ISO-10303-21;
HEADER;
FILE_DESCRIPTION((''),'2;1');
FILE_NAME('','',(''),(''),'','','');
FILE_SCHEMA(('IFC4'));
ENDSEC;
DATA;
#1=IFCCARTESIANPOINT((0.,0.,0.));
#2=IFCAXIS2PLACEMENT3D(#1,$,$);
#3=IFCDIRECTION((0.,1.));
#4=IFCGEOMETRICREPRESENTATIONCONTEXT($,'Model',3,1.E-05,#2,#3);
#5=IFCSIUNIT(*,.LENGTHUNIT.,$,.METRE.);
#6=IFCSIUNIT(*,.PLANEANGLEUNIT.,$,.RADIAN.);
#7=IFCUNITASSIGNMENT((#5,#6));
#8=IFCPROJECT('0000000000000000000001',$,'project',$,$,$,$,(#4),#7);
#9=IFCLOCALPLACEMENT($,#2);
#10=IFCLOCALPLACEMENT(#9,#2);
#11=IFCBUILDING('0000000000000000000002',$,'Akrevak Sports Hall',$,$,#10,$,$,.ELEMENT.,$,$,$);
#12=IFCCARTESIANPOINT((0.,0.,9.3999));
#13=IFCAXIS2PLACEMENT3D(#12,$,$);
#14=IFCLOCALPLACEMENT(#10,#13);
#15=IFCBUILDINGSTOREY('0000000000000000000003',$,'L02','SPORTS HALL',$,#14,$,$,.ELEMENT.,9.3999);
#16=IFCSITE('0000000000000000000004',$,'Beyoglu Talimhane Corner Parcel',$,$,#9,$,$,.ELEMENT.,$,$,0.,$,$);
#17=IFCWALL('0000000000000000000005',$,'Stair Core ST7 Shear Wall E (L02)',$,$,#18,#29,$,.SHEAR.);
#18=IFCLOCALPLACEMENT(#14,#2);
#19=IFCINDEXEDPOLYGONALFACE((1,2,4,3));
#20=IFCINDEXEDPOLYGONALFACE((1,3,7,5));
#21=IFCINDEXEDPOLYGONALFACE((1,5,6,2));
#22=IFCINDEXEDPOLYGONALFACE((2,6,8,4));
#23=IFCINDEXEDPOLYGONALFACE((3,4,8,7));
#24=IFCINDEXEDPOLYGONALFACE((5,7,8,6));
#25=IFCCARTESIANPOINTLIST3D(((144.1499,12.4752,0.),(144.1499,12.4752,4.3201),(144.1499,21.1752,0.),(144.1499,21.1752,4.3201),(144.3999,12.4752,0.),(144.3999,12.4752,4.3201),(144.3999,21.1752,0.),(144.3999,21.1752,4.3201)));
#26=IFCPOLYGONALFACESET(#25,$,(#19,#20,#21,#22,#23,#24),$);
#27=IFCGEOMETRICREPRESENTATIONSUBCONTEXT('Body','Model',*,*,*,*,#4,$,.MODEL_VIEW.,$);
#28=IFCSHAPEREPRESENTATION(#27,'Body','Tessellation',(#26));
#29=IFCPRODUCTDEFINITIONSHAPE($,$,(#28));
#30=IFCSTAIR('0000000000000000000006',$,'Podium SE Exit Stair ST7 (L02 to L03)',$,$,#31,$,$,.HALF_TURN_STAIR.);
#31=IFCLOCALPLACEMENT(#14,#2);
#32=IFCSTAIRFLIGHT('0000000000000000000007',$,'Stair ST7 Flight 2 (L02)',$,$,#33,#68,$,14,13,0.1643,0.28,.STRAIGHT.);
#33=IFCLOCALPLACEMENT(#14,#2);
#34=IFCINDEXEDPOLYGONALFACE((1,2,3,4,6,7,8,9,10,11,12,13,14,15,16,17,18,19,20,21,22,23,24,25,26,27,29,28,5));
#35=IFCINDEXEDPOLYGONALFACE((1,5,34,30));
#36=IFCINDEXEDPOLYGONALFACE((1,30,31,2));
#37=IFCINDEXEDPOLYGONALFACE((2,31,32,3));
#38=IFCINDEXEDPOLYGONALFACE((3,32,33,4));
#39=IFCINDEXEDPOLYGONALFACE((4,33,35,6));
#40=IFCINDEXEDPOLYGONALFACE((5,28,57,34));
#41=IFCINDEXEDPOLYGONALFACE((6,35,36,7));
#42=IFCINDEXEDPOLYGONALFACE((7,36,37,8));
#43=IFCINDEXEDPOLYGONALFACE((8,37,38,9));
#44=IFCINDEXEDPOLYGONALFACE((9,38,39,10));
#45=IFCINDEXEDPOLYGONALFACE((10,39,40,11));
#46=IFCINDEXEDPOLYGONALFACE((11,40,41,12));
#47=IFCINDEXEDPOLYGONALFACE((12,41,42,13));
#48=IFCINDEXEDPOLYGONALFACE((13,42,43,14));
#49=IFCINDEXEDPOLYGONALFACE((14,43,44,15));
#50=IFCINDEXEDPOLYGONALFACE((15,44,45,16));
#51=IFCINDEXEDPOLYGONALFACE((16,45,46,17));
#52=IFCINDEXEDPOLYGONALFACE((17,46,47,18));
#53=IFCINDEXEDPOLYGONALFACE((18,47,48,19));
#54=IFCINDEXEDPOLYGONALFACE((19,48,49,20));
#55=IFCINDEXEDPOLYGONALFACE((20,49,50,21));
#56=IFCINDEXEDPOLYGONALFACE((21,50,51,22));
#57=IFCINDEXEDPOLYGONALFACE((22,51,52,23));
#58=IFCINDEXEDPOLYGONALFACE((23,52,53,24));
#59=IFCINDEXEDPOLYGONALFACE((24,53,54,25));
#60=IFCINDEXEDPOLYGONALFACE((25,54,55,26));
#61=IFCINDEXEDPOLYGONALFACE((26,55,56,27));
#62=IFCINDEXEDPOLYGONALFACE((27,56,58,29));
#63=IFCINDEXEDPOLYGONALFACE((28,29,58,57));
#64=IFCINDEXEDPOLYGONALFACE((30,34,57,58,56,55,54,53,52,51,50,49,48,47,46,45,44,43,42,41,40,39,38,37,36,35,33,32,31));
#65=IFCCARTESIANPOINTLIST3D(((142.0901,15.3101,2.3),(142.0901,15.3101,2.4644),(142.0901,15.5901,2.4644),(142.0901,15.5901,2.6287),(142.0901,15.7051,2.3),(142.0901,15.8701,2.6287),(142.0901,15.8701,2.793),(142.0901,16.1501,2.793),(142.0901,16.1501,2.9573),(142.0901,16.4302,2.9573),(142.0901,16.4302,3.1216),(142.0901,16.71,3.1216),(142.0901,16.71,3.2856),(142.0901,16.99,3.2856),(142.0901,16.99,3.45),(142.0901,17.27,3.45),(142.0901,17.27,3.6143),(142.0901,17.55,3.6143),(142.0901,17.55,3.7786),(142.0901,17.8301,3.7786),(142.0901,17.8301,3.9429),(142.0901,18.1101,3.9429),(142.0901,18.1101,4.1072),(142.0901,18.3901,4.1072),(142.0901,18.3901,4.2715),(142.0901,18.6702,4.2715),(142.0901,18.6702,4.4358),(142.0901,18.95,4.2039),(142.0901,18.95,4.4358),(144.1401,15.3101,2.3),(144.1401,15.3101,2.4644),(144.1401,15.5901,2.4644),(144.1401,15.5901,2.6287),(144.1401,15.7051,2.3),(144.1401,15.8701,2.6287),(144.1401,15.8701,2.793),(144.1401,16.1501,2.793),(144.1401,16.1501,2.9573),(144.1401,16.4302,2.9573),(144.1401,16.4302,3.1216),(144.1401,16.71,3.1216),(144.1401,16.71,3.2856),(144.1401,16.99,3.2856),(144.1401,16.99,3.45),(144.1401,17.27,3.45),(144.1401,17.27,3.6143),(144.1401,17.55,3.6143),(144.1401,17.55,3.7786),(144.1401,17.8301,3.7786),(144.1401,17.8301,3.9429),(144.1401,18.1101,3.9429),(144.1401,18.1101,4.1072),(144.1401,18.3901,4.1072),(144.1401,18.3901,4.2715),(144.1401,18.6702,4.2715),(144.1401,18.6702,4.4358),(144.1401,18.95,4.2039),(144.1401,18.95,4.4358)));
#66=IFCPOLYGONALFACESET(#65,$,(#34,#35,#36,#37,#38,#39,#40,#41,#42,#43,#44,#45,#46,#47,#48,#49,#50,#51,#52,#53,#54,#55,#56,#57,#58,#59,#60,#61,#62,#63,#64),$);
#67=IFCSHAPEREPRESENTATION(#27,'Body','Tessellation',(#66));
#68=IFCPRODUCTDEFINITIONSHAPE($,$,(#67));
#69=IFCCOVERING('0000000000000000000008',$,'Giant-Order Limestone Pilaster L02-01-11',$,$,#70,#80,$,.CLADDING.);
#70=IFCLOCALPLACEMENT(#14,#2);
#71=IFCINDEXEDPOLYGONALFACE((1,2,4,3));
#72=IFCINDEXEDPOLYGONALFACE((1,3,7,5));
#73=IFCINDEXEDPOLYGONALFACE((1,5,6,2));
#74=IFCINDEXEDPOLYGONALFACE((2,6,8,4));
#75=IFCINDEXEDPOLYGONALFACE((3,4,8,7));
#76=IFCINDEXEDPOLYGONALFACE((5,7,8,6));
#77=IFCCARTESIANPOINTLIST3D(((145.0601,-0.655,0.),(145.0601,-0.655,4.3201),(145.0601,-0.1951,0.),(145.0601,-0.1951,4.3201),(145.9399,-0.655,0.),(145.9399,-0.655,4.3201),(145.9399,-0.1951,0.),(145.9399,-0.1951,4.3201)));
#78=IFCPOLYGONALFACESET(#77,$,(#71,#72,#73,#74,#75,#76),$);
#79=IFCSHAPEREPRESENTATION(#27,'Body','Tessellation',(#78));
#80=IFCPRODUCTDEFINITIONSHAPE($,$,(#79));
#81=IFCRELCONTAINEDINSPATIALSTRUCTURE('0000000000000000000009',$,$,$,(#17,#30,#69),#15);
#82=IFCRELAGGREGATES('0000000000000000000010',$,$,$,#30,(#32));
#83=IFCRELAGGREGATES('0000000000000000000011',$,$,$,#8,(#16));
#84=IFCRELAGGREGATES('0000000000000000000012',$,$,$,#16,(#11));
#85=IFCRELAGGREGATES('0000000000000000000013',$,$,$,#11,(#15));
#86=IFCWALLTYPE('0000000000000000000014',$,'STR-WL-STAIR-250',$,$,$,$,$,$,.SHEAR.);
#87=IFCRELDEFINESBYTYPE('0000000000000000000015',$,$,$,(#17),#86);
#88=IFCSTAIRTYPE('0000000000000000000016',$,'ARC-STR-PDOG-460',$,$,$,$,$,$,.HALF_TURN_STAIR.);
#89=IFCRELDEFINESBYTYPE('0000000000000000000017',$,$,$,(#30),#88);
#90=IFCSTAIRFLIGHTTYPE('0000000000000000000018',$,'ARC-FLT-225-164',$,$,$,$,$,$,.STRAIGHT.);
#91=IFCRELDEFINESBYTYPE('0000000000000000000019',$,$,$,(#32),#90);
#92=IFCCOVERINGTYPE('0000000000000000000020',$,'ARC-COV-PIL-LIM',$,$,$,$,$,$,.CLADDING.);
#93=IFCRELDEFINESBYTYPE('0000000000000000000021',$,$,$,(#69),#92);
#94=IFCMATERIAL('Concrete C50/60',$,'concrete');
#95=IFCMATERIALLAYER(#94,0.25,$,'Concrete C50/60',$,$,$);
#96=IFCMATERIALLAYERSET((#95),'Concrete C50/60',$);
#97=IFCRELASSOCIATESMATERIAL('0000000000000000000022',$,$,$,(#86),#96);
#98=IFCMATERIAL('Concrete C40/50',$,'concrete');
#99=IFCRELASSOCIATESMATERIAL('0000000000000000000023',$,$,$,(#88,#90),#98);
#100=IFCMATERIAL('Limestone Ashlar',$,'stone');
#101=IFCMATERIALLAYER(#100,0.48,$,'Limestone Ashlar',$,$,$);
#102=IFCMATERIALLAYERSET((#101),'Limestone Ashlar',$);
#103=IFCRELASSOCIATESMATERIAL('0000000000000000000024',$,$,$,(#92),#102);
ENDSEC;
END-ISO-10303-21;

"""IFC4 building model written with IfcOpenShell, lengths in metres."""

from ifc_helpers import new_model, si_unit, direction, frame, frame_2d, origin, origin_2d, place, context, subcontext, project, spatial, polyline, rectangle, outline, extrude, material, layer, layer_set, type_object, element, aggregate, save


model = new_model("IFC4")

# Units and contexts
model_context = context("Model", 3, precision=1e-05, world=origin(), true_north=direction((0.0, 1.0)))
body_context = subcontext(model_context, "Body", "Model", "MODEL_VIEW")
ifc_project = project(units=[si_unit("LENGTHUNIT", "METRE"), si_unit("PLANEANGLEUNIT", "RADIAN")], contexts=[model_context])

# Site, building, storey
site_placement = place(None, origin())
site = spatial("IfcSite", under=ifc_project, at=site_placement, Name="Beyoglu Talimhane Corner Parcel", CompositionType="ELEMENT", RefElevation=0.0)
building_placement = place(site_placement, origin())
building = spatial("IfcBuilding", under=site, at=building_placement, Name="Akrevak Sports Hall", CompositionType="ELEMENT")
storey_placement = place(building_placement, frame((0.0, 0.0, 9.3999)))
storey = spatial("IfcBuildingStorey", under=building, at=storey_placement, Name="L02", Description="SPORTS HALL", CompositionType="ELEMENT", Elevation=9.3999)

# Shared definitions
ifc_material_1 = material(Name="Concrete C40/50", Category="concrete")

# Shared definitions
ifc_material_2 = material(Name="Concrete C50/60", Category="concrete")

# Shared definitions
ifc_material_3 = material(Name="Limestone Ashlar", Category="stone")

# Wall
ifc_layer_1 = layer(ifc_material_2, 0.25, Name="Concrete C50/60")
ifc_layer_set_1 = layer_set([ifc_layer_1], Name="Concrete C50/60")
wall_type_1 = type_object("IfcWallType", Name="STR-WL-STAIR-250", PredefinedType="SHEAR", material=ifc_layer_set_1)
wall_1_placement = place(storey_placement, frame((144.2749, 12.4751, 0.0), z_axis=(0.0, 0.0, 1.0), x_axis=(0.0, 1.0, 0.0)))
element("IfcWall", 1, at=wall_1_placement, inside=storey, type_object=wall_type_1, Name="Stair Core ST7 Shear Wall E (L02)", PredefinedType="SHEAR", context=body_context, shape_type="SweptSolid", body=[
    extrude(rectangle(XDim=8.7, YDim=0.25, at=frame_2d((4.3501, 0.0))), origin(), (0.0, 0.0, 1.0), 4.3201),
])

# Stair, stair flight
stair_type = type_object("IfcStairType", Name="ARC-STR-PDOG-460", PredefinedType="HALF_TURN_STAIR", material=ifc_material_1)
stair_placement = place(storey_placement, origin())
stair = element("IfcStair", 2, at=stair_placement, inside=storey, type_object=stair_type, Name="Podium SE Exit Stair ST7 (L02 to L03)", PredefinedType="HALF_TURN_STAIR")
stair_flight_type = type_object("IfcStairFlightType", Name="ARC-FLT-225-164", PredefinedType="STRAIGHT", material=ifc_material_1)
stair_flight_placement = place(storey_placement, frame((143.115, 15.3101, 2.3), z_axis=(0.0, 0.0, 1.0), x_axis=(0.0, 1.0, 0.0)))
stair_flight = element("IfcStairFlight", 3, at=stair_flight_placement, type_object=stair_flight_type, Name="Stair ST7 Flight 2 (L02)", NumberOfRisers=14, NumberOfTreads=13, PredefinedType="STRAIGHT", RiserHeight=0.1643, TreadLength=0.28, context=body_context, shape_type="SweptSolid", body=[
    extrude(outline(polyline([(0.0, 0.0), (0.0, 0.1643), (0.28, 0.1643), (0.28, 0.3286), (0.5601, 0.3286), (0.5601, 0.4929), (0.8401, 0.4929), (0.8401, 0.6572), (1.1201, 0.6572), (1.1201, 0.8215), (1.3999, 0.8215), (1.3999, 0.9856), (1.6799, 0.9856), (1.6799, 1.1499), (1.96, 1.1499), (1.96, 1.3142), (2.24, 1.3142), (2.24, 1.4785), (2.52, 1.4785), (2.52, 1.6428), (2.8, 1.6428), (2.8, 1.8071), (3.0801, 1.8071), (3.0801, 1.9714), (3.3601, 1.9714), (3.3601, 2.1357), (3.6399, 2.1357), (3.6399, 2.3), (3.6399, 1.9038), (0.395, 0.0), (0.0, 0.0)])), frame((0.0, 1.0249, 0.0), z_axis=(0.0, -1.0, 0.0), x_axis=(1.0, 0.0, 0.0)), (0.0, 0.0, 1.0), 2.05),
])
aggregate(stair, [stair_flight])

# Covering
ifc_layer_2 = layer(ifc_material_3, 0.48, Name="Limestone Ashlar")
ifc_layer_set_2 = layer_set([ifc_layer_2], Name="Limestone Ashlar")
covering_type = type_object("IfcCoveringType", Name="ARC-COV-PIL-LIM", PredefinedType="CLADDING", material=ifc_layer_set_2)
covering_placement = place(storey_placement, frame((145.5, -0.425, 0.0), z_axis=(0.0, 0.0, 1.0), x_axis=(1.0, 0.0, 0.0)))
element("IfcCovering", 4, at=covering_placement, inside=storey, type_object=covering_type, Name="Giant-Order Limestone Pilaster L02-01-11", PredefinedType="CLADDING", context=body_context, shape_type="SweptSolid", body=[
    extrude(rectangle(XDim=0.8799, YDim=0.46, at=origin_2d()), origin(), (0.0, 0.0, 1.0), 4.3201),
])

save(model, "model.ifc")
